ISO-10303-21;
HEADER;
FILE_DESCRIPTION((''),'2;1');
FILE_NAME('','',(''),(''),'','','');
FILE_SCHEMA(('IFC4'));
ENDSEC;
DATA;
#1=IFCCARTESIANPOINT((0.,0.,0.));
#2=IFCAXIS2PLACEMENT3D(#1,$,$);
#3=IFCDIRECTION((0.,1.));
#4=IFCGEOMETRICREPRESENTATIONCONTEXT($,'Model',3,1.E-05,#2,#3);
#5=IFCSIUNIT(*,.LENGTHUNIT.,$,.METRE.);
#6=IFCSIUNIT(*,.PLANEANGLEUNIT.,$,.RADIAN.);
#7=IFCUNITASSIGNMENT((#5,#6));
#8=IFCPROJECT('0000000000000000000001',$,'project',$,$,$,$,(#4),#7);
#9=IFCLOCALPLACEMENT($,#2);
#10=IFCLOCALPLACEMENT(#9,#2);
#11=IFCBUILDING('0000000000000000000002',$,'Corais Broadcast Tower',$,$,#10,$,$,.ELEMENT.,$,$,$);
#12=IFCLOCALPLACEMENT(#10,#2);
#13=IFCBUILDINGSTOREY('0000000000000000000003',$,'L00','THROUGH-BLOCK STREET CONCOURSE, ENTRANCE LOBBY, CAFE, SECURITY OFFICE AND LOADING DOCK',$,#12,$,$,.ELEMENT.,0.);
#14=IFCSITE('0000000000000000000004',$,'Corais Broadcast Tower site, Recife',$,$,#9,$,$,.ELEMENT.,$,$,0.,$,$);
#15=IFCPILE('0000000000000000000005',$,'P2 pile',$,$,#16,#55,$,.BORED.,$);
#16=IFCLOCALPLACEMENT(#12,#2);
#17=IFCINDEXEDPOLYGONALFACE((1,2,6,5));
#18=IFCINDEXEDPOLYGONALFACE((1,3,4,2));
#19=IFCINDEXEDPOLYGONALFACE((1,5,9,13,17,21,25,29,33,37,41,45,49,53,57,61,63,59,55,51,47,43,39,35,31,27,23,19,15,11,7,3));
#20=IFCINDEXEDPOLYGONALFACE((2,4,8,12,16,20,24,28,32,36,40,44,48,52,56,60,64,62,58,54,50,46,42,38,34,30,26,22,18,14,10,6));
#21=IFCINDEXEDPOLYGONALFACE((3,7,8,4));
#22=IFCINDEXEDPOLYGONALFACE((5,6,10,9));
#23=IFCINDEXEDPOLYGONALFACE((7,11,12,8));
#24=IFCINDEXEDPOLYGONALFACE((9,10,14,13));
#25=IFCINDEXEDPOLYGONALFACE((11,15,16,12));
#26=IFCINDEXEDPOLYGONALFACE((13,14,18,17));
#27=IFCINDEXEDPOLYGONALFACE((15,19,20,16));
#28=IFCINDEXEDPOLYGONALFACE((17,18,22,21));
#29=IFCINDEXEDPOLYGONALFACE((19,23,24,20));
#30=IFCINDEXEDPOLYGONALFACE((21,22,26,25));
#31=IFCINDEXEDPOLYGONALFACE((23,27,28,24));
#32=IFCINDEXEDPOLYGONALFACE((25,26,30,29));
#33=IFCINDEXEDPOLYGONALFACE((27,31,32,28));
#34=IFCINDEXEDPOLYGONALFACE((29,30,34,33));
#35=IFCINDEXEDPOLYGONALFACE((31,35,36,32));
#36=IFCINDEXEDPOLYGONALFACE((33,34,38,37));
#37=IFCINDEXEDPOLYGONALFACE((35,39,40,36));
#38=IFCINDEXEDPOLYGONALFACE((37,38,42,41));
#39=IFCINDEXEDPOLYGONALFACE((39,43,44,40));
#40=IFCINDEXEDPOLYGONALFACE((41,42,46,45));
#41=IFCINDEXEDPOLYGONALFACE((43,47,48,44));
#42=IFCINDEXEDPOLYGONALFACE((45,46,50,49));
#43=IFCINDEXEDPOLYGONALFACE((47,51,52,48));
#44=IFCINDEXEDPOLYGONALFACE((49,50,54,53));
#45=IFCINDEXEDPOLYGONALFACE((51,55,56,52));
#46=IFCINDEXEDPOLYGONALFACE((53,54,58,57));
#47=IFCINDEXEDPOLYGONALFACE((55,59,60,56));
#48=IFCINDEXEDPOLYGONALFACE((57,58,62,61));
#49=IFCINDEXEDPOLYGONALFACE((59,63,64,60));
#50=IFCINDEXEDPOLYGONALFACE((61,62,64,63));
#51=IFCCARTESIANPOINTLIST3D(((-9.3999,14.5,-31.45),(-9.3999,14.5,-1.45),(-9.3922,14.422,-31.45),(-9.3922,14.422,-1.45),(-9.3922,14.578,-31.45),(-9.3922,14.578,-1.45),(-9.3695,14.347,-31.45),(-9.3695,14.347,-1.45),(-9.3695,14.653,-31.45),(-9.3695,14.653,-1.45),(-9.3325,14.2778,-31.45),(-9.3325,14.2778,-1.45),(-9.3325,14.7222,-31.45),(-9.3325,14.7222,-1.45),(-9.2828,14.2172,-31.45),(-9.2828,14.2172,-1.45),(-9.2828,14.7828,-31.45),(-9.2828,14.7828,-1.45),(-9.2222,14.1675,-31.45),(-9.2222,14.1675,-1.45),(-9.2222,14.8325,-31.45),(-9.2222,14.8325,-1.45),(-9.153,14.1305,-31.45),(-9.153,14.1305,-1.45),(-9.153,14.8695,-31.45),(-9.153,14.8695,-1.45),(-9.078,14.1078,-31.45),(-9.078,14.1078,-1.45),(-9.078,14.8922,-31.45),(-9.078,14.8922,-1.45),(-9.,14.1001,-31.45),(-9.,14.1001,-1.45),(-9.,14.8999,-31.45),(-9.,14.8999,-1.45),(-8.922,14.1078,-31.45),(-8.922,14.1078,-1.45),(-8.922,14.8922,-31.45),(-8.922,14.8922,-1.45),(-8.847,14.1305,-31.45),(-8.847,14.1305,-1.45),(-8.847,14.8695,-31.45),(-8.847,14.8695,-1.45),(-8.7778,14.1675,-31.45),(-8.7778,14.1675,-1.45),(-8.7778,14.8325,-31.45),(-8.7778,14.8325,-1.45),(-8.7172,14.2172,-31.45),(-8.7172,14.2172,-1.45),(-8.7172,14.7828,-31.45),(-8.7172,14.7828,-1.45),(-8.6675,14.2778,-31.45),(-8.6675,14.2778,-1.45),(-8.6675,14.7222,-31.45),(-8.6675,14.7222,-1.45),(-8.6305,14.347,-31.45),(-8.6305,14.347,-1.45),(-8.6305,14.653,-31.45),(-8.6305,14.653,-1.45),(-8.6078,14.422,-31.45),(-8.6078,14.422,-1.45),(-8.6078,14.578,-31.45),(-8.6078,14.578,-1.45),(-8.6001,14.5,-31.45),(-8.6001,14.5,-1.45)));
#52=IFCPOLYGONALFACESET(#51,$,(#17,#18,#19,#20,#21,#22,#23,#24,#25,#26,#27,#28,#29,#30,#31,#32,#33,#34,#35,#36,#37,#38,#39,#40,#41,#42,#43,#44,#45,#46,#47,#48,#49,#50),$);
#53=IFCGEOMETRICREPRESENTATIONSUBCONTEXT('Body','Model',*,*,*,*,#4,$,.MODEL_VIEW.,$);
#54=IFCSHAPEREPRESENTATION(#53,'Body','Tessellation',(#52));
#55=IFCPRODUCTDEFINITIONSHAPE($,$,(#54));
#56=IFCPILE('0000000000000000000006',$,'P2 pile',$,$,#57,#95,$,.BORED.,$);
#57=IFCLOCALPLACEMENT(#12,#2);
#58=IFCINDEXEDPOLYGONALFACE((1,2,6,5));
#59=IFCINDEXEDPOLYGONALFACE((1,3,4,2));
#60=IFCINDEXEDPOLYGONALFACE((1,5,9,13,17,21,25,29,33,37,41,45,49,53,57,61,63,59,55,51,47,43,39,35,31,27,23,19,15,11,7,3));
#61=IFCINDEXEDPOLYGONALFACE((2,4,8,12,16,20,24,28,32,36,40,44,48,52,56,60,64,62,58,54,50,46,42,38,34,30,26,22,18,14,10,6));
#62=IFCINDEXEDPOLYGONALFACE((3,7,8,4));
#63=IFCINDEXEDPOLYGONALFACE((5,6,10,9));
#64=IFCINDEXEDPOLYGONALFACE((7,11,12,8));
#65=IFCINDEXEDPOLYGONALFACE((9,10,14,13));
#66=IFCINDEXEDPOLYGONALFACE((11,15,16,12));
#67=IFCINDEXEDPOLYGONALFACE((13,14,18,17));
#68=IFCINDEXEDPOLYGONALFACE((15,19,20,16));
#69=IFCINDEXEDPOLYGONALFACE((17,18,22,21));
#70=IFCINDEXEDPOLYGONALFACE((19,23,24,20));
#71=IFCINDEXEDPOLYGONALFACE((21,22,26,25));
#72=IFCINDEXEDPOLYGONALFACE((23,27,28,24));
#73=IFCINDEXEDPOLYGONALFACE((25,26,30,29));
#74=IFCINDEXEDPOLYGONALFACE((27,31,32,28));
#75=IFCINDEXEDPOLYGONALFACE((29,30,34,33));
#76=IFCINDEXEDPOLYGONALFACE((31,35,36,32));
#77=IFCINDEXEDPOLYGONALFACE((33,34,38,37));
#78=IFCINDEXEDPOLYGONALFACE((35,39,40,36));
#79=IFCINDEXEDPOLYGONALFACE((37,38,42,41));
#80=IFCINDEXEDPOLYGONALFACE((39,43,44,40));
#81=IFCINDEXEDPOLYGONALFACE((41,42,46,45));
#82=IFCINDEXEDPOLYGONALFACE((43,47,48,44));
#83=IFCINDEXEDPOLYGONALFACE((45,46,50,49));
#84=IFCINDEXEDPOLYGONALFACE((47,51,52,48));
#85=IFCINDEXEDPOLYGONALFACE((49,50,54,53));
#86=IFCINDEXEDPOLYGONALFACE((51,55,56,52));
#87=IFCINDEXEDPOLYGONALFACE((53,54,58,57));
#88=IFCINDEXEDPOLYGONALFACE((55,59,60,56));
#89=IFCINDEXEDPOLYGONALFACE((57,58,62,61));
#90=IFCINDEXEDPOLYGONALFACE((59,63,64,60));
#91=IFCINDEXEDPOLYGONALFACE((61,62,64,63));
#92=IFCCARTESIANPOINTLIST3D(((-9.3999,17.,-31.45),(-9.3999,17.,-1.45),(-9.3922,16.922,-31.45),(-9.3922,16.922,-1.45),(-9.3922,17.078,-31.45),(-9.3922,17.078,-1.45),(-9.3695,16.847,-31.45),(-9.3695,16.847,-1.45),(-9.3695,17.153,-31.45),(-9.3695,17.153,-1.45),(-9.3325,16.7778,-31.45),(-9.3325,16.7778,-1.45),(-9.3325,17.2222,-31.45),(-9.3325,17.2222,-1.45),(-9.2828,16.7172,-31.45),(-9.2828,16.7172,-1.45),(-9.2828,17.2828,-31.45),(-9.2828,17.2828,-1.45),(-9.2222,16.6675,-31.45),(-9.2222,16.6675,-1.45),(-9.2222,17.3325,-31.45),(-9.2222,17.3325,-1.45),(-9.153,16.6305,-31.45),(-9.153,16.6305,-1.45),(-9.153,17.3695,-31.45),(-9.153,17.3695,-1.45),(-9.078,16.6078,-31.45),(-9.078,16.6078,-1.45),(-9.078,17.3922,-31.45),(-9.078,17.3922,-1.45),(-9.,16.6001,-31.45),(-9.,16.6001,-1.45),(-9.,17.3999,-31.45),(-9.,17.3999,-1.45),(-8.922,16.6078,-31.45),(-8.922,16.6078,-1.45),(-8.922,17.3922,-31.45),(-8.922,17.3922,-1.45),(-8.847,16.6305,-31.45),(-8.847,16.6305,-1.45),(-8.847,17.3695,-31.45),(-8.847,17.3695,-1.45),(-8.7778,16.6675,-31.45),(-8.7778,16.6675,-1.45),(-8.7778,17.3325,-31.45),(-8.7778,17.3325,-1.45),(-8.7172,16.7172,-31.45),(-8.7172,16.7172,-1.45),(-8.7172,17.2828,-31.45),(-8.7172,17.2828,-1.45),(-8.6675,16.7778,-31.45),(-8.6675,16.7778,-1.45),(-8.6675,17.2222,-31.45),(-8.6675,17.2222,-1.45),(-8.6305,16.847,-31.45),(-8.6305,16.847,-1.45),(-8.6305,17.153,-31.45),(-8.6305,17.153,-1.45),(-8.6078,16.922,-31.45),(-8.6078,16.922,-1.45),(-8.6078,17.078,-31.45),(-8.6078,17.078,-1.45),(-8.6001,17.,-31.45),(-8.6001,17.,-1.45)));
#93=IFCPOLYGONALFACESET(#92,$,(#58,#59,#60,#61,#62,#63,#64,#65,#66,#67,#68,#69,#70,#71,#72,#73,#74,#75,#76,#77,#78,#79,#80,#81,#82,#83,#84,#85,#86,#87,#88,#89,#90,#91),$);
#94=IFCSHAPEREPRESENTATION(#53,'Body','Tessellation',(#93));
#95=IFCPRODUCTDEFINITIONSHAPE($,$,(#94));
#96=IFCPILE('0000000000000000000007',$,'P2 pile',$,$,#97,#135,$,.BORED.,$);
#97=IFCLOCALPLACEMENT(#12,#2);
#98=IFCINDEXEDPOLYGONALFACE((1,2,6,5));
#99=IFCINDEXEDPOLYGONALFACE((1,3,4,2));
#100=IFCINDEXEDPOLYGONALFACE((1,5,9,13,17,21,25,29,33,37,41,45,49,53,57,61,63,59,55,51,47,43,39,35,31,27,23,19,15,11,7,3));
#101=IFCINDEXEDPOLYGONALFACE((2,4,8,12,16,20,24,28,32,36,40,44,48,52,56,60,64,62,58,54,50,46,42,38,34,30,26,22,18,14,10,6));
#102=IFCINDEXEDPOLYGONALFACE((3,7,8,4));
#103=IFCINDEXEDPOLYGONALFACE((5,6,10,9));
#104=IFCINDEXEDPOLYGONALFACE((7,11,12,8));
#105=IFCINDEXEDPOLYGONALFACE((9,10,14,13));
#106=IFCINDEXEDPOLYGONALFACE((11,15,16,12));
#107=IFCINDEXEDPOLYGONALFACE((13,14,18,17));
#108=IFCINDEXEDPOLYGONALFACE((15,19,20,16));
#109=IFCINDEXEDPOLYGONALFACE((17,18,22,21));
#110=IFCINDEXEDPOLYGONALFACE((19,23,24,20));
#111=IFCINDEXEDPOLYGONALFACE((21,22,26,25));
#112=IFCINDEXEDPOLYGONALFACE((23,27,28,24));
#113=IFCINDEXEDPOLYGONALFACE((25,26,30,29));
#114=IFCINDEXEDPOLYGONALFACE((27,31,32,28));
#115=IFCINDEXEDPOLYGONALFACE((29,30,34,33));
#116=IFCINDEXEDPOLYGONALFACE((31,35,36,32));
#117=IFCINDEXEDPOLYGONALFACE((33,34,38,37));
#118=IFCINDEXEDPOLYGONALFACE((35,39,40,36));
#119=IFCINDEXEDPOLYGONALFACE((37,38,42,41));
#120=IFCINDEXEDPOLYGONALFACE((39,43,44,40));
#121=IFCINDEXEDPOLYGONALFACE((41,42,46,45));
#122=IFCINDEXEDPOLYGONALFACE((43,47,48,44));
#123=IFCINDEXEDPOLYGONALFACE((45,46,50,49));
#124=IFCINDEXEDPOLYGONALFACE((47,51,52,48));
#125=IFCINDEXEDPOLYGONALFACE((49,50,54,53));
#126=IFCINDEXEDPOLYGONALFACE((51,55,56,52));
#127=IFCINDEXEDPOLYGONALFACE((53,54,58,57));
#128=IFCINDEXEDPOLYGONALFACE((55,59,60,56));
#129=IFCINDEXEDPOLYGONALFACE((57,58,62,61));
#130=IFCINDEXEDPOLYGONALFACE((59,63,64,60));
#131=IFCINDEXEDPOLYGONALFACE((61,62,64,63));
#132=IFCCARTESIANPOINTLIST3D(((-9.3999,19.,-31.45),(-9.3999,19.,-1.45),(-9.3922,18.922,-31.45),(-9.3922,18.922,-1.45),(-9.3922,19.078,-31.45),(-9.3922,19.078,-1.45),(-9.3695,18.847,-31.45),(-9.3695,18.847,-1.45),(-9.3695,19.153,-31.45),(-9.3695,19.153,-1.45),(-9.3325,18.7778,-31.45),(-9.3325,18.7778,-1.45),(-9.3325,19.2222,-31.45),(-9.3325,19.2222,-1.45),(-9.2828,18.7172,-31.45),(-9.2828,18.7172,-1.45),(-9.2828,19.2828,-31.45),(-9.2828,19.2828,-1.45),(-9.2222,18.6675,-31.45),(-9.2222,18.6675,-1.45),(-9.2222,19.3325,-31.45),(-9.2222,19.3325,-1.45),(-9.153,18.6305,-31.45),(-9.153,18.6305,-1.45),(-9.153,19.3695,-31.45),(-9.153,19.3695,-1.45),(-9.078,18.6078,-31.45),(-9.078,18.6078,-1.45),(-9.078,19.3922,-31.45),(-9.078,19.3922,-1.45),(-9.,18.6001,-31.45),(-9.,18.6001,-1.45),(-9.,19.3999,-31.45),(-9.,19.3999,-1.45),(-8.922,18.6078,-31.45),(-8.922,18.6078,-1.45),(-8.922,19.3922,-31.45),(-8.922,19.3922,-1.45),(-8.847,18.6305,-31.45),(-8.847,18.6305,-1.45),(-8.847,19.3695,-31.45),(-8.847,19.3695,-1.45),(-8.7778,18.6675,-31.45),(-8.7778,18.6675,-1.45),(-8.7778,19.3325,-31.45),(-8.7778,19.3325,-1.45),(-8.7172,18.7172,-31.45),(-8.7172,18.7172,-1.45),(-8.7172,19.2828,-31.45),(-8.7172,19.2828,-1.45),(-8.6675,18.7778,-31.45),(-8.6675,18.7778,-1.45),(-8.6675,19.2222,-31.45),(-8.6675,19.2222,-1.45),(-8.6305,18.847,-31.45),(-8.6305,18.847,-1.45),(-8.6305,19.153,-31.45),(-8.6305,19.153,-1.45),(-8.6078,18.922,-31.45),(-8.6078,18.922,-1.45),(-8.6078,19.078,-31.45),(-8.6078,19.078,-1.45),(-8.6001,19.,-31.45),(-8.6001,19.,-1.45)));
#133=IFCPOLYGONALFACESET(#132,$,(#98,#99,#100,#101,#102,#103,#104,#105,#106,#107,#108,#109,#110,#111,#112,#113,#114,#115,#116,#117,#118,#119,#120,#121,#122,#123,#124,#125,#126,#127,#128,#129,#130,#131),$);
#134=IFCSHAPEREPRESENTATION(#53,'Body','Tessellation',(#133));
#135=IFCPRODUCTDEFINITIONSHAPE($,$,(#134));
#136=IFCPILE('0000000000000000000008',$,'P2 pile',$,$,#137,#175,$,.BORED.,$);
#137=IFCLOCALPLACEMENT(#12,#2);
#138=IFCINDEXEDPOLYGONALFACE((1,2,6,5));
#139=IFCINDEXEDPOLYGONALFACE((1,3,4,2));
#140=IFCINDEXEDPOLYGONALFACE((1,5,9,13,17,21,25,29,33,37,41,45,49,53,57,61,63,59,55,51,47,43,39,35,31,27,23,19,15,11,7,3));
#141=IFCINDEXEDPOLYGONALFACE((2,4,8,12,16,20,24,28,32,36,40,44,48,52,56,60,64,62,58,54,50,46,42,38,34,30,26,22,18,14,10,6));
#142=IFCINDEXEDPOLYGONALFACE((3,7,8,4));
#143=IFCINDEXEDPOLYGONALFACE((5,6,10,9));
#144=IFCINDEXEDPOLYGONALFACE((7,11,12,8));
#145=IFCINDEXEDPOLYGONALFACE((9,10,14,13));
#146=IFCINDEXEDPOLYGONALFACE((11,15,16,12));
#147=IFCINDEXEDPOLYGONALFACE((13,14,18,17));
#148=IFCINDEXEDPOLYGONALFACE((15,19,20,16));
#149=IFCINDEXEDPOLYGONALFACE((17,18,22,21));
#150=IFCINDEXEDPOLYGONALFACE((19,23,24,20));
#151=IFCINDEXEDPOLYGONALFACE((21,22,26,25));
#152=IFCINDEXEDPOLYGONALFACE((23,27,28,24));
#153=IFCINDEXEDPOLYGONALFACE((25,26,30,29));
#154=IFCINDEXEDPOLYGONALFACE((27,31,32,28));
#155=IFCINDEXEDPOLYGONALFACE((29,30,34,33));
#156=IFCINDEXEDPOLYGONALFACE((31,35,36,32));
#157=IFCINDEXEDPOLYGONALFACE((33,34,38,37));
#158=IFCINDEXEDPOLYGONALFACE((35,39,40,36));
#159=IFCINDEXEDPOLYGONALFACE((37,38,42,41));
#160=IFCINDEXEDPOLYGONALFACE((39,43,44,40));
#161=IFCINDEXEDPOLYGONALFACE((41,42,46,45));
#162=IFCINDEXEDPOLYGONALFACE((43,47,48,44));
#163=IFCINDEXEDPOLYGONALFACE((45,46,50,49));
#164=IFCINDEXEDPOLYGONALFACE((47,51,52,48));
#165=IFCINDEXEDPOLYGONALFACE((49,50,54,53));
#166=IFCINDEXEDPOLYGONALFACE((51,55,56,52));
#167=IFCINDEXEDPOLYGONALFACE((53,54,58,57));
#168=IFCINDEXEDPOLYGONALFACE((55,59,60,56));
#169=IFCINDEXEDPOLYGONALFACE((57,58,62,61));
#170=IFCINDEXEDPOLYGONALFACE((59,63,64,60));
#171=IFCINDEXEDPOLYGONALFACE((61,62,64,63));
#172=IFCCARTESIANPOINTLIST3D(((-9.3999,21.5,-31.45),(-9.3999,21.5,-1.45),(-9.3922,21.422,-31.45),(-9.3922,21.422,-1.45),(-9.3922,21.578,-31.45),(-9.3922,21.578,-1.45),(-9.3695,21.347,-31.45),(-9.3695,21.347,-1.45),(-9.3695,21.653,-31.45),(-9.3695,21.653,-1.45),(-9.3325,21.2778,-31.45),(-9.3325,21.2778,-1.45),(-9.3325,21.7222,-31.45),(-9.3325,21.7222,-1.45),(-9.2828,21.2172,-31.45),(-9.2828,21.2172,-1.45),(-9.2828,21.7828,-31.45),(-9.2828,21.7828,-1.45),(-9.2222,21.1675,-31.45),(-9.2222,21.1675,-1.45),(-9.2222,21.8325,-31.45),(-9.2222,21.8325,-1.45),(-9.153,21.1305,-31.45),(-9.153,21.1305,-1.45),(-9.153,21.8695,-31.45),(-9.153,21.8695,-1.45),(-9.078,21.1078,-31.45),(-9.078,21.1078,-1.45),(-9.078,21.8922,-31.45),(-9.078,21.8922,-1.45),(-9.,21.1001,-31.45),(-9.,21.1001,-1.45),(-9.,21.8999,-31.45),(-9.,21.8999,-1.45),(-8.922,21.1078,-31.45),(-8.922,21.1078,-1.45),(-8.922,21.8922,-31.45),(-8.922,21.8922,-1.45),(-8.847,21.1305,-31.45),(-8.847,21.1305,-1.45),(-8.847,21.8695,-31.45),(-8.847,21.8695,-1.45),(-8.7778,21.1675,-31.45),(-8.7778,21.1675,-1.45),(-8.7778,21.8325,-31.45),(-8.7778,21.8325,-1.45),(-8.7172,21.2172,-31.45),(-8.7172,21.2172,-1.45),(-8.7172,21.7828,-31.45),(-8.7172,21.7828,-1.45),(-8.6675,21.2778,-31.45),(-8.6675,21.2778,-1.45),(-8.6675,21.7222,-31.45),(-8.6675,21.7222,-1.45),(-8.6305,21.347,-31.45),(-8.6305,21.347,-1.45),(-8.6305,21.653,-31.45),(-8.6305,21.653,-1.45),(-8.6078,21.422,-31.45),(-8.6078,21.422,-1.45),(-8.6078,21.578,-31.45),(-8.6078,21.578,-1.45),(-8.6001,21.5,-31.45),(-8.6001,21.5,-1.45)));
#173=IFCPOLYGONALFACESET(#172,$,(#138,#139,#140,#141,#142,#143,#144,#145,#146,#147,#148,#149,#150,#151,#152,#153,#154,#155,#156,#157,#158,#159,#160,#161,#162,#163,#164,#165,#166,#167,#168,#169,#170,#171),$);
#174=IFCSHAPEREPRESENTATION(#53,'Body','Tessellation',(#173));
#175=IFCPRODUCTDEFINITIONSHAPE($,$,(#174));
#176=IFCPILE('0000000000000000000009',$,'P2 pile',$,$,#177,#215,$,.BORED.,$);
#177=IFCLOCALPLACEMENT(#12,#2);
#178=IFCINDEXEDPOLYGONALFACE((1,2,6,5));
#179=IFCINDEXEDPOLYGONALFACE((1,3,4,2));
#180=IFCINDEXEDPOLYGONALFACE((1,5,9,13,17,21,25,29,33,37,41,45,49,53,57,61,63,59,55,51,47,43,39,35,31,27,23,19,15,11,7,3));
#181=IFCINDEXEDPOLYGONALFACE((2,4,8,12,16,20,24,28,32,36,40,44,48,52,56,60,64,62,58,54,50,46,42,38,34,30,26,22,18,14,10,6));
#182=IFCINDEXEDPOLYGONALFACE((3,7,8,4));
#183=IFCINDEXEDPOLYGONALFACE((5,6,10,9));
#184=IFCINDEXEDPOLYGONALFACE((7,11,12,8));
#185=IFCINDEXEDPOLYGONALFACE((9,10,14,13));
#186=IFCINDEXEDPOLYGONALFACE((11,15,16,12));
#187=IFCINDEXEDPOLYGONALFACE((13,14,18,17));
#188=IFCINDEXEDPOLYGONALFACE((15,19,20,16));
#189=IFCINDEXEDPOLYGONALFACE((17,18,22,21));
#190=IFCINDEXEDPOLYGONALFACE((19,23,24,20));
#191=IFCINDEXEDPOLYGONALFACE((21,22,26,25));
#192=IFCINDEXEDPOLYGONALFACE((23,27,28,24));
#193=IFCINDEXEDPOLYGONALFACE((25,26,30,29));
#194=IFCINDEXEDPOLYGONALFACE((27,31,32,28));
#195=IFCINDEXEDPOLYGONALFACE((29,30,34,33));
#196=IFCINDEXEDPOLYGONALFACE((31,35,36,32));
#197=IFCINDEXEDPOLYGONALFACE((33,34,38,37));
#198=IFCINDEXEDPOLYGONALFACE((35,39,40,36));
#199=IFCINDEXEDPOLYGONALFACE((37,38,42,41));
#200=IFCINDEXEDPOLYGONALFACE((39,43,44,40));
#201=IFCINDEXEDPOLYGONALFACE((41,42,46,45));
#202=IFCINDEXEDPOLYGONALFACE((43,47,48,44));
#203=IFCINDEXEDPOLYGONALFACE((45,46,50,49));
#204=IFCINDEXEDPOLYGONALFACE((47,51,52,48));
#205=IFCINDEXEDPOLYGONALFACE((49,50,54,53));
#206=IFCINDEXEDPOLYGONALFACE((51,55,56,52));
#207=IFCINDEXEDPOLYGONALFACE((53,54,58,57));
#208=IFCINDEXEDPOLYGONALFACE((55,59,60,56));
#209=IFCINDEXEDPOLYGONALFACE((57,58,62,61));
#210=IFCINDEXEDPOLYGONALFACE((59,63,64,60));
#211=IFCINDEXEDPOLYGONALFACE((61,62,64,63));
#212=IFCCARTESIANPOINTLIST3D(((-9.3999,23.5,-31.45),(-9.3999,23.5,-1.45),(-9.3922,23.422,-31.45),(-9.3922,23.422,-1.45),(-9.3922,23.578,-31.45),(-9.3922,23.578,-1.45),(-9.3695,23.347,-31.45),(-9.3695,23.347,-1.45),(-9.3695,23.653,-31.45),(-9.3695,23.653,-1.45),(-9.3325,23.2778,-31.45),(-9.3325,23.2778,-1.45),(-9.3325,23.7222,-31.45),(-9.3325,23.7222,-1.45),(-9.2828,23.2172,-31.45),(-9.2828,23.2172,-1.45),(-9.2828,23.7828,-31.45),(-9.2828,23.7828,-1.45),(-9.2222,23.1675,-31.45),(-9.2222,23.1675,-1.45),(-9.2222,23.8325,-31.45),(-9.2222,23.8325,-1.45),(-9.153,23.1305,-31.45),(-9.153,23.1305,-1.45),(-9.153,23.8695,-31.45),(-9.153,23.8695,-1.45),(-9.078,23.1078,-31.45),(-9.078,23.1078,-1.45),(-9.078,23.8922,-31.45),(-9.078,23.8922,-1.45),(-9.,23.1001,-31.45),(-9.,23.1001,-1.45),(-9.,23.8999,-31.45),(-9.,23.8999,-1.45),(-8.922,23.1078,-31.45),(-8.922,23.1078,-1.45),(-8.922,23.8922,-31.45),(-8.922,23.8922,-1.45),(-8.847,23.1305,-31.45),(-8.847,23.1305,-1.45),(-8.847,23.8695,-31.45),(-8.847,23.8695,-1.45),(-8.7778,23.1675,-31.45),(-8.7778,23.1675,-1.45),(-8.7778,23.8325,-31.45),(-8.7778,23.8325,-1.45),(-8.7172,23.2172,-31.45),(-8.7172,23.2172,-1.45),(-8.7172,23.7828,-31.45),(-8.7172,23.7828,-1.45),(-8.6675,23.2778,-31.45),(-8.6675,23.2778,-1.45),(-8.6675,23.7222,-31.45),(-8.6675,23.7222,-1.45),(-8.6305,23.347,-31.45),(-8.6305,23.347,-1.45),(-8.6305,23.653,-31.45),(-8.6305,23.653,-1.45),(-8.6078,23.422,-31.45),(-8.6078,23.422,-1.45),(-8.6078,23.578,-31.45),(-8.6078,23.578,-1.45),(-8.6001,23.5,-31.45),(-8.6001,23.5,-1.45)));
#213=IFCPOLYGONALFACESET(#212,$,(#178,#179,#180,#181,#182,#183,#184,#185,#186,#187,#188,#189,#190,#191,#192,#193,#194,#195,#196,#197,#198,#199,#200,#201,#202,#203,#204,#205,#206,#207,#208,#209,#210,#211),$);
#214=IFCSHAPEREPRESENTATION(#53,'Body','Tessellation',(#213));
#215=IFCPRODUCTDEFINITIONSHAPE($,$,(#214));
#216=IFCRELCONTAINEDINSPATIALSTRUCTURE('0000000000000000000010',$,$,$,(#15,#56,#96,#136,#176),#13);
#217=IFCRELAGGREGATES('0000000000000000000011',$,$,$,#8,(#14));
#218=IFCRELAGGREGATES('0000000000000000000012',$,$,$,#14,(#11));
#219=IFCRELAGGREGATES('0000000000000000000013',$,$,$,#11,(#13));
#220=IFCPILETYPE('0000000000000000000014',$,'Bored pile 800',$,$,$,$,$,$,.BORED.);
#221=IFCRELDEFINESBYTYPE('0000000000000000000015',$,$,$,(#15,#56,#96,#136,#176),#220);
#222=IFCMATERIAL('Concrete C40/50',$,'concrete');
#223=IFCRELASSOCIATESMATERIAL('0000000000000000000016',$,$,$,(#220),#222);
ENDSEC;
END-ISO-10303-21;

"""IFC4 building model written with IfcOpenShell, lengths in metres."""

from ifc_helpers import new_model, si_unit, direction, frame, origin, origin_2d, place, context, subcontext, project, spatial, circle, extrude, material, type_object, element, save


model = new_model("IFC4")

# Units and contexts
model_context = context("Model", 3, precision=1e-05, world=origin(), true_north=direction((0.0, 1.0)))
body_context = subcontext(model_context, "Body", "Model", "MODEL_VIEW")
ifc_project = project(units=[si_unit("LENGTHUNIT", "METRE"), si_unit("PLANEANGLEUNIT", "RADIAN")], contexts=[model_context])

# Site, building, storey
site_placement = place(None, origin())
site = spatial("IfcSite", under=ifc_project, at=site_placement, Name="Corais Broadcast Tower site, Recife", CompositionType="ELEMENT", RefElevation=0.0)
building_placement = place(site_placement, origin())
building = spatial("IfcBuilding", under=site, at=building_placement, Name="Corais Broadcast Tower", CompositionType="ELEMENT")
storey_placement = place(building_placement, origin())
storey = spatial("IfcBuildingStorey", under=building, at=storey_placement, Name="L00", Description="THROUGH-BLOCK STREET CONCOURSE, ENTRANCE LOBBY, CAFE, SECURITY OFFICE AND LOADING DOCK", CompositionType="ELEMENT", Elevation=0.0)

# Piles
ifc_material_1 = material(Name="Concrete C40/50", Category="concrete")
pile_type_1 = type_object("IfcPileType", Name="Bored pile 800", PredefinedType="BORED", material=ifc_material_1)
for number, where, z_axis, x_axis, name in (
    (1, (-9.0, 14.5, -1.45), (0.0, 0.0, -1.0), (1.0, 0.0, 0.0), "P2 pile"),
    (2, (-9.0, 17.0, -1.45), (0.0, 0.0, -1.0), (1.0, 0.0, 0.0), "P2 pile"),
    (3, (-9.0, 19.0, -1.45), (0.0, 0.0, -1.0), (1.0, 0.0, 0.0), "P2 pile"),
    (4, (-9.0, 21.5, -1.45), (0.0, 0.0, -1.0), (1.0, 0.0, 0.0), "P2 pile"),
    (5, (-9.0, 23.5, -1.45), (0.0, 0.0, -1.0), (1.0, 0.0, 0.0), "P2 pile"),
):
    element("IfcPile", number, at=place(storey_placement, frame(where, z_axis=z_axis, x_axis=x_axis)), inside=storey, type_object=pile_type_1, Name=name, PredefinedType="BORED", context=body_context, shape_type="SweptSolid", body=[
        extrude(circle(Radius=0.3999, at=origin_2d()), origin(), (0.0, 0.0, 1.0), 30.0),
    ])

save(model, "model.ifc")
